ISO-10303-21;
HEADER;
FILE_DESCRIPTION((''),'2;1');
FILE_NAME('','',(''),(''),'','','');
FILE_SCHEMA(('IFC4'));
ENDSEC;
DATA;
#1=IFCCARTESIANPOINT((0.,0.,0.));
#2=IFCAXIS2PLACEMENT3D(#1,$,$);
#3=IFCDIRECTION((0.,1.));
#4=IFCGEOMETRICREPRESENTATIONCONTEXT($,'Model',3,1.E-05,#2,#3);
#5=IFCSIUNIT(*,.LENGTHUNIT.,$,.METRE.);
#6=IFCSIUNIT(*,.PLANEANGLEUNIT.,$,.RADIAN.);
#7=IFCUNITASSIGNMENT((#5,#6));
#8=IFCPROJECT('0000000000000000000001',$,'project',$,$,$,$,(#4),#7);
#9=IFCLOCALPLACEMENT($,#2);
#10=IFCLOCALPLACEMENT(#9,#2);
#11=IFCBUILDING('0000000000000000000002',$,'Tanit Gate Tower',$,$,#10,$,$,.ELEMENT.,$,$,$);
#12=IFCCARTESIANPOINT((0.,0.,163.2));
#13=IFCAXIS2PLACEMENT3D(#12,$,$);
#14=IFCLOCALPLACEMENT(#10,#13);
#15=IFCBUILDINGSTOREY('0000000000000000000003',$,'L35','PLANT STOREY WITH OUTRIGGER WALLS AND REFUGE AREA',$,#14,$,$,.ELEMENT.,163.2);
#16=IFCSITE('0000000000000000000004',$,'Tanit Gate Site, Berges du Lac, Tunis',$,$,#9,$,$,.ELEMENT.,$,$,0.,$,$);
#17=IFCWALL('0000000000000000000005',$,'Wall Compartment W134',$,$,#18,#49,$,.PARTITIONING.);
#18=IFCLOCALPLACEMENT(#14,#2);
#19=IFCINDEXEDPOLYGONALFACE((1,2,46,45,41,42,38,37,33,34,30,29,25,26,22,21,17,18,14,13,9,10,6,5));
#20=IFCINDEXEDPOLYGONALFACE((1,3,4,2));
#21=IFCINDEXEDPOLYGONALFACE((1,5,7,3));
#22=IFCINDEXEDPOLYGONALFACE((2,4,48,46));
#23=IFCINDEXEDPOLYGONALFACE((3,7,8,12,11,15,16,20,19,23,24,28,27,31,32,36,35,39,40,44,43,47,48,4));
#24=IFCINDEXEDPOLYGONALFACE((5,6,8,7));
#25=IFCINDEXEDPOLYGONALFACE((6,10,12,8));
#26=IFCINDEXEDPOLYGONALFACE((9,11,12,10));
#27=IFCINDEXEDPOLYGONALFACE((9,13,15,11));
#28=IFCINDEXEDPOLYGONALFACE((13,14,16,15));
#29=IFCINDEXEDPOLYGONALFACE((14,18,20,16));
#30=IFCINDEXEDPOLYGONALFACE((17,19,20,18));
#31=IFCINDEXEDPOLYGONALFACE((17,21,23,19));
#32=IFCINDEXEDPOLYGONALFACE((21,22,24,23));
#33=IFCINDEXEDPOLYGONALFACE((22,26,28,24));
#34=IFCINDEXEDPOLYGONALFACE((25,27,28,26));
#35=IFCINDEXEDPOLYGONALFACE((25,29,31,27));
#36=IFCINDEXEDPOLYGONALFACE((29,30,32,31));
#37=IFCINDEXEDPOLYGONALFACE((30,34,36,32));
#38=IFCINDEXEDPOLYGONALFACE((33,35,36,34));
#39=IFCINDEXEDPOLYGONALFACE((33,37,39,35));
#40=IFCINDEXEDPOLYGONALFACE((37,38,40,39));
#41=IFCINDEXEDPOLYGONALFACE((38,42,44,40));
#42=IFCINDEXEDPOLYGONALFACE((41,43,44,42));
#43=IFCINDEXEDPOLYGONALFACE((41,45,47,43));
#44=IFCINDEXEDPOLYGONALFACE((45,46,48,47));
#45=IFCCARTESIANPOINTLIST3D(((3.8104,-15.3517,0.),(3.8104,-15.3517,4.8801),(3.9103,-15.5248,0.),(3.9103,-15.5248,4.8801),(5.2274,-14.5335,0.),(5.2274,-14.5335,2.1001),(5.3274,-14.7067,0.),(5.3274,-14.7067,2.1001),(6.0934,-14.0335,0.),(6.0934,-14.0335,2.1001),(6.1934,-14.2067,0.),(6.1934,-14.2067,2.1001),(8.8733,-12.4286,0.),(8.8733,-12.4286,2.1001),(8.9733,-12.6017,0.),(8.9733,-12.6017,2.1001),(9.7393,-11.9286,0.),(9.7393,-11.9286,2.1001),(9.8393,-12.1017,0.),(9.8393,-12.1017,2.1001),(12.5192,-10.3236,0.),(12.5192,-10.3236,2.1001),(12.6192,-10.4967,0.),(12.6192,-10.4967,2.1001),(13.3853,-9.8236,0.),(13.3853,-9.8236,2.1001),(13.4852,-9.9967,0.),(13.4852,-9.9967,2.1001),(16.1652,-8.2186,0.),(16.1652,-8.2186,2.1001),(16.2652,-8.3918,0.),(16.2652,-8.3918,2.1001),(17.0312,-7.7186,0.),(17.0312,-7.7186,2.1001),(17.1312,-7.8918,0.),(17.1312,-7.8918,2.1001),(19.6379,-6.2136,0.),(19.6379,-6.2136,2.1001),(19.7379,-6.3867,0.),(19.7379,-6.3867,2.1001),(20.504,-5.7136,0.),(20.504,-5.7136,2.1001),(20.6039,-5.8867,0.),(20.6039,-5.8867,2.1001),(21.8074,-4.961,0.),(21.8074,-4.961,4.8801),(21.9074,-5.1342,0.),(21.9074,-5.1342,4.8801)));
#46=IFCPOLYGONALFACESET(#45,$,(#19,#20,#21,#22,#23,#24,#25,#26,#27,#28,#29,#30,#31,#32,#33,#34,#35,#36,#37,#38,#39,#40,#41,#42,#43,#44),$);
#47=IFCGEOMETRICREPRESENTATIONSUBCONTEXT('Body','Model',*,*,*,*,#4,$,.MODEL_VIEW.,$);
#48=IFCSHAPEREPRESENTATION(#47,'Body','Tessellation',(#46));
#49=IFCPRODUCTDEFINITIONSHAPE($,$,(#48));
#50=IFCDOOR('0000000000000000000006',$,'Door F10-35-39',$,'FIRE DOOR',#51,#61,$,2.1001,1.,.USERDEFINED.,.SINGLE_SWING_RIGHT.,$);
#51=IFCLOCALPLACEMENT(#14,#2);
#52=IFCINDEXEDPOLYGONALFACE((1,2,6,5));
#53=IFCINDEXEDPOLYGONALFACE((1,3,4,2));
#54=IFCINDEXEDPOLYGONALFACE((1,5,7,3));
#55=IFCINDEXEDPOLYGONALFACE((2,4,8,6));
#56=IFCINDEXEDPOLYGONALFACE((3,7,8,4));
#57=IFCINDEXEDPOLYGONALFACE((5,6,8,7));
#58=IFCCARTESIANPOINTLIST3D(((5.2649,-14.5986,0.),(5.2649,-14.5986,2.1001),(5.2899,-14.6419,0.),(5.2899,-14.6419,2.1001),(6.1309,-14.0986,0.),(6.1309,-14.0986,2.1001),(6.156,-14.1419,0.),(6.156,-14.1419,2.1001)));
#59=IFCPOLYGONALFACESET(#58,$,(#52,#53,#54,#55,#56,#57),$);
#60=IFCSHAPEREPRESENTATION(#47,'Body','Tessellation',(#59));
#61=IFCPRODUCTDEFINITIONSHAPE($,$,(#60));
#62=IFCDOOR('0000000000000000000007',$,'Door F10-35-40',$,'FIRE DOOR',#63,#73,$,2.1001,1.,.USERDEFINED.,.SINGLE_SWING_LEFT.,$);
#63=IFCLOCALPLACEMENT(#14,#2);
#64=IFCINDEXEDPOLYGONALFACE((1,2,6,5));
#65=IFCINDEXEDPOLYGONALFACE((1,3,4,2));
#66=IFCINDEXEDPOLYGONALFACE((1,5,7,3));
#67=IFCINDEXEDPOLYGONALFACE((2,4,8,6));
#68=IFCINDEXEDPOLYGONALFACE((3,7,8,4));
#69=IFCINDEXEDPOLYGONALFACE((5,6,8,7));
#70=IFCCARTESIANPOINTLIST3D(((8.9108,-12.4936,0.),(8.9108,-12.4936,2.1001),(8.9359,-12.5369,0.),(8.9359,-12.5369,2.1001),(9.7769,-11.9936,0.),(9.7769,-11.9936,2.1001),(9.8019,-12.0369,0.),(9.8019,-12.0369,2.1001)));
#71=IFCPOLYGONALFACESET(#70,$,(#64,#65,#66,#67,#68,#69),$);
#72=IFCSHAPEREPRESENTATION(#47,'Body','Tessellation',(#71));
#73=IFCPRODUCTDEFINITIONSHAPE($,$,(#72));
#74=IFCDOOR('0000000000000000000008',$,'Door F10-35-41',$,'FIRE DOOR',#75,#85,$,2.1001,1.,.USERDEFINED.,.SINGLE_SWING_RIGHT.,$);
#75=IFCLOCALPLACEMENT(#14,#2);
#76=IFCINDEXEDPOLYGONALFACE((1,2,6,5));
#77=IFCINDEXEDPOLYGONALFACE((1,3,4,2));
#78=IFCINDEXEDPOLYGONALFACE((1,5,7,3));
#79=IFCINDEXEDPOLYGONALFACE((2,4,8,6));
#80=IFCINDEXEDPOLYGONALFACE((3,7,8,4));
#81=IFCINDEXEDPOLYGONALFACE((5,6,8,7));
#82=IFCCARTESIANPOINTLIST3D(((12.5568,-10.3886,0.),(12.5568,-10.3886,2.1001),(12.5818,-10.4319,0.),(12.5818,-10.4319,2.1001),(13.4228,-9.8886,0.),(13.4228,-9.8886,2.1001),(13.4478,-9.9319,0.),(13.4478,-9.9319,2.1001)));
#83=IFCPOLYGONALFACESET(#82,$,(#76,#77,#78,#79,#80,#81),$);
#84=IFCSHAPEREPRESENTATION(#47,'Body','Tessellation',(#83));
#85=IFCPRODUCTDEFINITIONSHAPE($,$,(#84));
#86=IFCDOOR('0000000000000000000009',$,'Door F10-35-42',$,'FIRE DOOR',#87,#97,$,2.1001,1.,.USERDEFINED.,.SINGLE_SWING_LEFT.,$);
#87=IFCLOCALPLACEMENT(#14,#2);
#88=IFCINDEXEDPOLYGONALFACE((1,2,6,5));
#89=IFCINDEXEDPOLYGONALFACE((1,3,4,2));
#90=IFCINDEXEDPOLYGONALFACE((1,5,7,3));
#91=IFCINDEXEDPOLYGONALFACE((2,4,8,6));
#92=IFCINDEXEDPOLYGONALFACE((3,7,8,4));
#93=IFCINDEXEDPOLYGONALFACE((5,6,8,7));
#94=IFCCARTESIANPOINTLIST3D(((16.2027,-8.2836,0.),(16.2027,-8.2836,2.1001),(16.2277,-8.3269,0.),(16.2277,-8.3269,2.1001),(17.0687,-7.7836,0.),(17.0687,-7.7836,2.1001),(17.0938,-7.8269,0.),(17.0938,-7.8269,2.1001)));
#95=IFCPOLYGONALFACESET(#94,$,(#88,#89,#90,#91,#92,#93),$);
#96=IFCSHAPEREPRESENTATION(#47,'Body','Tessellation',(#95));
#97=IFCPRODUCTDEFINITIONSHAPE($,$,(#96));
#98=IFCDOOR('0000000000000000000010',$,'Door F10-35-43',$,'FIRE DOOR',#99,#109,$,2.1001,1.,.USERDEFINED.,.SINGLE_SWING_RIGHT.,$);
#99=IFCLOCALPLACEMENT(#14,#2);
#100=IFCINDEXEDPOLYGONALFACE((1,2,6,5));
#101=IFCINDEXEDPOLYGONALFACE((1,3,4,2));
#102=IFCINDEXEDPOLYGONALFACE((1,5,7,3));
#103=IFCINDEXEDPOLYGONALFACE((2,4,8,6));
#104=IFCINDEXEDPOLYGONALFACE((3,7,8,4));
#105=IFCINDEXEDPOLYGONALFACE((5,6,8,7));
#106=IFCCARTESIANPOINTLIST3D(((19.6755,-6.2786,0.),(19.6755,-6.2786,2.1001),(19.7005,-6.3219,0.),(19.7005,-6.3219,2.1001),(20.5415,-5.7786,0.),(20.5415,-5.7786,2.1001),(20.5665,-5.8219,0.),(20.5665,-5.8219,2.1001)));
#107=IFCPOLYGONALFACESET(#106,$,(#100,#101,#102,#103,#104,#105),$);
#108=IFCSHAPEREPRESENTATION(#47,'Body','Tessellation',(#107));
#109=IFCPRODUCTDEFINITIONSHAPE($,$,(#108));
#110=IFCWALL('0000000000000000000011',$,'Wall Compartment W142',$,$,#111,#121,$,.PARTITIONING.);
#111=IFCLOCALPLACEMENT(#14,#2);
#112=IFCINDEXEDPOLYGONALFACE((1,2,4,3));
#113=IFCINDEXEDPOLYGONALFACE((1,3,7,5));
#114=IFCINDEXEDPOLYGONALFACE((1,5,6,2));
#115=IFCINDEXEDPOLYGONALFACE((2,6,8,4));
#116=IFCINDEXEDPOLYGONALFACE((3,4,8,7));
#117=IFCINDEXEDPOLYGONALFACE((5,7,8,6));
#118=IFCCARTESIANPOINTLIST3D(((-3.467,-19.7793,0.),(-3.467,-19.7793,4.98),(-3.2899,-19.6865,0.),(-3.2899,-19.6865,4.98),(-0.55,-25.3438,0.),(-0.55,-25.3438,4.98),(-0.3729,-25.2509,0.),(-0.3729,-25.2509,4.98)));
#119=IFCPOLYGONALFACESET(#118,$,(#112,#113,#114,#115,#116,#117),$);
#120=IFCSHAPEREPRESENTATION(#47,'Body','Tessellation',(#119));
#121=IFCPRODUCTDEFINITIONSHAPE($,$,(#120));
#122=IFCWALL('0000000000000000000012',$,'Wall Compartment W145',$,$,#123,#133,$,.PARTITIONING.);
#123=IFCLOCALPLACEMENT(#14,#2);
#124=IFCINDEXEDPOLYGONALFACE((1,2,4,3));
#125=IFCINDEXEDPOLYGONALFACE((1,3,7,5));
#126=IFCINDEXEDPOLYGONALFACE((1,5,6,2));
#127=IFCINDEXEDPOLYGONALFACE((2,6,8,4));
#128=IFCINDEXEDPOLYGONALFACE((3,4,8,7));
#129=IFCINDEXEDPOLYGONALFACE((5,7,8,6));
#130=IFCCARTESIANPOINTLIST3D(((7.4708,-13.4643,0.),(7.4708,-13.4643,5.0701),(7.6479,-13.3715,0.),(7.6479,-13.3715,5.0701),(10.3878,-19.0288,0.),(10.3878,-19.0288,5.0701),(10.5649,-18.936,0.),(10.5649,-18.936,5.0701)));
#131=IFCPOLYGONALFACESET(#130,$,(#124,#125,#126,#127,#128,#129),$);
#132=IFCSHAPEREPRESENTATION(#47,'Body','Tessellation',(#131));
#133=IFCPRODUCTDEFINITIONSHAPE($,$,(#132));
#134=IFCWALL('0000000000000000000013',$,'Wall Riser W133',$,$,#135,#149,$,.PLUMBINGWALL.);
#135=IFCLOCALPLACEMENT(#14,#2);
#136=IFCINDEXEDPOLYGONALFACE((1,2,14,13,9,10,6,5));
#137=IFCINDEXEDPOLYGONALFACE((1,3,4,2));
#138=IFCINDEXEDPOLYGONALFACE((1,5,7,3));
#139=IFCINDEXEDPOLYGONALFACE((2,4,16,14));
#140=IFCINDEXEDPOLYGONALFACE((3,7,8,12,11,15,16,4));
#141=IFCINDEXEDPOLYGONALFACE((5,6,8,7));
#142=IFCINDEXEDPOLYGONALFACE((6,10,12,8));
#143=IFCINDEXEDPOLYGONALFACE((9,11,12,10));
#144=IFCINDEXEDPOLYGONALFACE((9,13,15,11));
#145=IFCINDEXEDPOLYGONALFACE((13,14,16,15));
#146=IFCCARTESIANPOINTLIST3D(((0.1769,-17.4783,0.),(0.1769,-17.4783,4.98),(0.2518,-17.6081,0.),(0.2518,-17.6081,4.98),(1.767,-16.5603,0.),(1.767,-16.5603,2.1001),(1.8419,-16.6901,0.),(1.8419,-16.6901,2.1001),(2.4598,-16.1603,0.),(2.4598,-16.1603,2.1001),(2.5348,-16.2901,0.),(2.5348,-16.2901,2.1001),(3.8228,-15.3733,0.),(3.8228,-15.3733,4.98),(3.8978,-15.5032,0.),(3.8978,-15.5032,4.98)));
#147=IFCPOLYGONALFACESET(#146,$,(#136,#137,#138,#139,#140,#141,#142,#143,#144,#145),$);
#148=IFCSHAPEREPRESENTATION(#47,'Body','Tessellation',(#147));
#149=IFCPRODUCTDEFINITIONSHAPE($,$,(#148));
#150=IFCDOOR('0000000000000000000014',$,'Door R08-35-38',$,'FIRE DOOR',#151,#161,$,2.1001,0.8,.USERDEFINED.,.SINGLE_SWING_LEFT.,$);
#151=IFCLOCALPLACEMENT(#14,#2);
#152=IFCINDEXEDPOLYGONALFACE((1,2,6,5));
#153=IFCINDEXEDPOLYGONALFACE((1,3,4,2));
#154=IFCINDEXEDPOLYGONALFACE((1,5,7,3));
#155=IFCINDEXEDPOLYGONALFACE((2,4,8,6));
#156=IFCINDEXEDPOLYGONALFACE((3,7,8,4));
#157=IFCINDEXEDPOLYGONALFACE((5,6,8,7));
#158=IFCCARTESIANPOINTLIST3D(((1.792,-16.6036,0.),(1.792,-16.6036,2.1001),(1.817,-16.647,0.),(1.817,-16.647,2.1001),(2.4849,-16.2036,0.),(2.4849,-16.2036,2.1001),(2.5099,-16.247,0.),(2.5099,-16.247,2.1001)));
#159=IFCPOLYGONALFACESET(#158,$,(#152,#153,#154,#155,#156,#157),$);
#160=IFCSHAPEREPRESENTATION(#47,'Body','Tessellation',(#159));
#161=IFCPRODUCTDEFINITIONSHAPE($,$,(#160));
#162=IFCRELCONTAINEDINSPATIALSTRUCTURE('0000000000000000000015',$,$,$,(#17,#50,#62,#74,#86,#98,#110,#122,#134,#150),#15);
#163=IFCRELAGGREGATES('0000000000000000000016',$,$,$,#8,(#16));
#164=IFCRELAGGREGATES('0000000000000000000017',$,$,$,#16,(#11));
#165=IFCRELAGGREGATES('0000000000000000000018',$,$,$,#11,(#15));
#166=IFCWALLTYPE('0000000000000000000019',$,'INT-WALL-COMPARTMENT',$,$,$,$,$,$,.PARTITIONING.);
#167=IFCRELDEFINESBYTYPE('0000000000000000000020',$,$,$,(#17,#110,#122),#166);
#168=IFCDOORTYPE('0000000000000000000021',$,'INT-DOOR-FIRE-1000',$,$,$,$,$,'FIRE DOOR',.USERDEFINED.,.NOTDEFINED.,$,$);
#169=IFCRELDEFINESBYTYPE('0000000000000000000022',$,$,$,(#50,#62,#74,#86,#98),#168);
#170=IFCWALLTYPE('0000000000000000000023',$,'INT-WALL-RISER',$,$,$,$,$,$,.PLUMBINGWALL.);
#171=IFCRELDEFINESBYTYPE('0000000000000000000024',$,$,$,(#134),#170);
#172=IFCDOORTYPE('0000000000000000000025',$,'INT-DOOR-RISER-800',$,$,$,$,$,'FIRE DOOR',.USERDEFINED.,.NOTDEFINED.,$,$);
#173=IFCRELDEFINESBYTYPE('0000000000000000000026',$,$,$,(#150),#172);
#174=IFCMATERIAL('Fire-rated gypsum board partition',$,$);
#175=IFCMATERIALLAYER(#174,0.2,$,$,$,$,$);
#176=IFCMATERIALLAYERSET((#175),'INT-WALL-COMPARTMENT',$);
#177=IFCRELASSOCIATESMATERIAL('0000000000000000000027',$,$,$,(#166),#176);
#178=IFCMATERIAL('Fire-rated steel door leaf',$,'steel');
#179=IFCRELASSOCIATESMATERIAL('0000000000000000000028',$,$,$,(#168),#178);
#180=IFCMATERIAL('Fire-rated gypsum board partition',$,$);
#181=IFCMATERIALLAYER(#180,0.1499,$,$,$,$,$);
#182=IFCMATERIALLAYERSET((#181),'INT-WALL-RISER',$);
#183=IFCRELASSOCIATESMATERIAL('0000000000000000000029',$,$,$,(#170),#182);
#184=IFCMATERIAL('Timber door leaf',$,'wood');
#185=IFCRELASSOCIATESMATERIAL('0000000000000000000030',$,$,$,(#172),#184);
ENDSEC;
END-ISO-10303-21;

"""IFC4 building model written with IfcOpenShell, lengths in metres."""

from ifc_helpers import new_model, si_unit, direction, frame, frame_2d, origin, place, context, subcontext, project, spatial, rectangle, extrude, material, layer, layer_set, type_object, element, fill, save


model = new_model("IFC4")

# Units and contexts
model_context = context("Model", 3, precision=1e-05, world=origin(), true_north=direction((0.0, 1.0)))
body_context = subcontext(model_context, "Body", "Model", "MODEL_VIEW")
ifc_project = project(units=[si_unit("LENGTHUNIT", "METRE"), si_unit("PLANEANGLEUNIT", "RADIAN")], contexts=[model_context])

# Site, building, storey
site_placement = place(None, origin())
site = spatial("IfcSite", under=ifc_project, at=site_placement, Name="Tanit Gate Site, Berges du Lac, Tunis", CompositionType="ELEMENT", RefElevation=0.0)
building_placement = place(site_placement, origin())
building = spatial("IfcBuilding", under=site, at=building_placement, Name="Tanit Gate Tower", CompositionType="ELEMENT")
storey_placement = place(building_placement, frame((0.0, 0.0, 163.2)))
storey = spatial("IfcBuildingStorey", under=building, at=storey_placement, Name="L35", Description="PLANT STOREY WITH OUTRIGGER WALLS AND REFUGE AREA", CompositionType="ELEMENT", Elevation=163.2)

# Wall, openings, doors
ifc_material_1 = material(Name="Fire-rated gypsum board partition")
ifc_layer_1 = layer(ifc_material_1, 0.2)
ifc_layer_set_1 = layer_set([ifc_layer_1], Name="INT-WALL-COMPARTMENT")
wall_type_1 = type_object("IfcWallType", Name="INT-WALL-COMPARTMENT", PredefinedType="PARTITIONING", material=ifc_layer_set_1)
wall_1_placement = place(storey_placement, frame((3.8604, -15.4382, 0.0), z_axis=(0.0, 0.0, 1.0), x_axis=(0.866025, 0.5, 0.0)))
wall_1 = element("IfcWall", 1, at=wall_1_placement, inside=storey, type_object=wall_type_1, Name="Wall Compartment W134", PredefinedType="PARTITIONING", context=body_context, shape_type="SweptSolid", body=[
    extrude(rectangle(XDim=20.7812, YDim=0.2, at=frame_2d((10.3906, 0.0))), origin(), (0.0, 0.0, 1.0), 4.8801),
])
opening_1_placement = place(wall_1_placement, frame((1.6362, 0.0, 0.0)))
opening_1 = element("IfcOpeningElement", 2, at=opening_1_placement, cuts=wall_1, PredefinedType="OPENING", context=body_context, shape_type="SweptSolid", body=[
    extrude(rectangle(XDim=1.0, YDim=2.1001, at=frame_2d((0.5, 1.05))), frame((0.0, 0.1099, 0.0), z_axis=(0.0, -1.0, 0.0), x_axis=(1.0, 0.0, 0.0)), (0.0, 0.0, 1.0), 0.22),
])
opening_2_placement = place(wall_1_placement, frame((5.8462, 0.0, 0.0)))
opening_2 = element("IfcOpeningElement", 3, at=opening_2_placement, cuts=wall_1, PredefinedType="OPENING", context=body_context, shape_type="SweptSolid", body=[
    extrude(rectangle(XDim=1.0, YDim=2.1001, at=frame_2d((0.5, 1.05))), frame((0.0, 0.1099, 0.0), z_axis=(0.0, -1.0, 0.0), x_axis=(1.0, 0.0, 0.0)), (0.0, 0.0, 1.0), 0.22),
])
opening_3_placement = place(wall_1_placement, frame((10.0562, 0.0, 0.0)))
opening_3 = element("IfcOpeningElement", 4, at=opening_3_placement, cuts=wall_1, PredefinedType="OPENING", context=body_context, shape_type="SweptSolid", body=[
    extrude(rectangle(XDim=1.0, YDim=2.1001, at=frame_2d((0.5, 1.05))), frame((0.0, 0.1099, 0.0), z_axis=(0.0, -1.0, 0.0), x_axis=(1.0, 0.0, 0.0)), (0.0, 0.0, 1.0), 0.22),
])
opening_4_placement = place(wall_1_placement, frame((14.2661, 0.0, 0.0)))
opening_4 = element("IfcOpeningElement", 5, at=opening_4_placement, cuts=wall_1, PredefinedType="OPENING", context=body_context, shape_type="SweptSolid", body=[
    extrude(rectangle(XDim=1.0, YDim=2.1001, at=frame_2d((0.5, 1.05))), frame((0.0, 0.1099, 0.0), z_axis=(0.0, -1.0, 0.0), x_axis=(1.0, 0.0, 0.0)), (0.0, 0.0, 1.0), 0.22),
])
opening_5_placement = place(wall_1_placement, frame((18.2761, 0.0, 0.0)))
opening_5 = element("IfcOpeningElement", 6, at=opening_5_placement, cuts=wall_1, PredefinedType="OPENING", context=body_context, shape_type="SweptSolid", body=[
    extrude(rectangle(XDim=1.0, YDim=2.1001, at=frame_2d((0.5, 1.05))), frame((0.0, 0.1099, 0.0), z_axis=(0.0, -1.0, 0.0), x_axis=(1.0, 0.0, 0.0)), (0.0, 0.0, 1.0), 0.22),
])
ifc_material_2 = material(Name="Fire-rated steel door leaf", Category="steel")
door_type_1 = type_object("IfcDoorType", Name="INT-DOOR-FIRE-1000", ElementType="FIRE DOOR", OperationType="NOTDEFINED", PredefinedType="USERDEFINED", material=ifc_material_2)
door_1_placement = place(opening_1_placement, origin())
door_1 = element("IfcDoor", 7, at=door_1_placement, inside=storey, type_object=door_type_1, Name="Door F10-35-39", ObjectType="FIRE DOOR", OperationType="SINGLE_SWING_RIGHT", OverallHeight=2.1001, OverallWidth=1.0, PredefinedType="USERDEFINED", context=body_context, shape_type="SweptSolid", body=[
    extrude(rectangle(XDim=1.0, YDim=2.1001, at=frame_2d((0.5, 1.05))), frame((0.0, 0.0249, 0.0), z_axis=(0.0, -1.0, 0.0), x_axis=(1.0, 0.0, 0.0)), (0.0, 0.0, 1.0), 0.05),
])
fill(opening_1, door_1)
door_2_placement = place(opening_2_placement, origin())
door_2 = element("IfcDoor", 8, at=door_2_placement, inside=storey, type_object=door_type_1, Name="Door F10-35-40", ObjectType="FIRE DOOR", OperationType="SINGLE_SWING_LEFT", OverallHeight=2.1001, OverallWidth=1.0, PredefinedType="USERDEFINED", context=body_context, shape_type="SweptSolid", body=[
    extrude(rectangle(XDim=1.0, YDim=2.1001, at=frame_2d((0.5, 1.05))), frame((0.0, 0.0249, 0.0), z_axis=(0.0, -1.0, 0.0), x_axis=(1.0, 0.0, 0.0)), (0.0, 0.0, 1.0), 0.05),
])
fill(opening_2, door_2)
door_3_placement = place(opening_3_placement, origin())
door_3 = element("IfcDoor", 9, at=door_3_placement, inside=storey, type_object=door_type_1, Name="Door F10-35-41", ObjectType="FIRE DOOR", OperationType="SINGLE_SWING_RIGHT", OverallHeight=2.1001, OverallWidth=1.0, PredefinedType="USERDEFINED", context=body_context, shape_type="SweptSolid", body=[
    extrude(rectangle(XDim=1.0, YDim=2.1001, at=frame_2d((0.5, 1.05))), frame((0.0, 0.0249, 0.0), z_axis=(0.0, -1.0, 0.0), x_axis=(1.0, 0.0, 0.0)), (0.0, 0.0, 1.0), 0.05),
])
fill(opening_3, door_3)
door_4_placement = place(opening_4_placement, origin())
door_4 = element("IfcDoor", 10, at=door_4_placement, inside=storey, type_object=door_type_1, Name="Door F10-35-42", ObjectType="FIRE DOOR", OperationType="SINGLE_SWING_LEFT", OverallHeight=2.1001, OverallWidth=1.0, PredefinedType="USERDEFINED", context=body_context, shape_type="SweptSolid", body=[
    extrude(rectangle(XDim=1.0, YDim=2.1001, at=frame_2d((0.5, 1.05))), frame((0.0, 0.0249, 0.0), z_axis=(0.0, -1.0, 0.0), x_axis=(1.0, 0.0, 0.0)), (0.0, 0.0, 1.0), 0.05),
])
fill(opening_4, door_4)
door_5_placement = place(opening_5_placement, origin())
door_5 = element("IfcDoor", 11, at=door_5_placement, inside=storey, type_object=door_type_1, Name="Door F10-35-43", ObjectType="FIRE DOOR", OperationType="SINGLE_SWING_RIGHT", OverallHeight=2.1001, OverallWidth=1.0, PredefinedType="USERDEFINED", context=body_context, shape_type="SweptSolid", body=[
    extrude(rectangle(XDim=1.0, YDim=2.1001, at=frame_2d((0.5, 1.05))), frame((0.0, 0.0249, 0.0), z_axis=(0.0, -1.0, 0.0), x_axis=(1.0, 0.0, 0.0)), (0.0, 0.0, 1.0), 0.05),
])
fill(opening_5, door_5)

# Walls
wall_2_placement = place(storey_placement, frame((-0.4614, -25.2974, 0.0), z_axis=(0.0, 0.0, 1.0), x_axis=(-0.464292, 0.885682, 0.0)))
element("IfcWall", 12, at=wall_2_placement, inside=storey, type_object=wall_type_1, Name="Wall Compartment W142", PredefinedType="PARTITIONING", context=body_context, shape_type="SweptSolid", body=[
    extrude(rectangle(XDim=6.2827, YDim=0.2, at=frame_2d((3.1414, 0.0))), origin(), (0.0, 0.0, 1.0), 4.98),
])
wall_3_placement = place(storey_placement, frame((10.4763, -18.9824, 0.0), z_axis=(0.0, 0.0, 1.0), x_axis=(-0.464292, 0.885682, 0.0)))
element("IfcWall", 13, at=wall_3_placement, inside=storey, type_object=wall_type_1, Name="Wall Compartment W145", PredefinedType="PARTITIONING", context=body_context, shape_type="SweptSolid", body=[
    extrude(rectangle(XDim=6.2827, YDim=0.2, at=frame_2d((3.1414, 0.0))), origin(), (0.0, 0.0, 1.0), 5.0701),
])

# Wall, opening, door
ifc_material_3 = material(Name="Fire-rated gypsum board partition")
ifc_layer_2 = layer(ifc_material_3, 0.1499)
ifc_layer_set_2 = layer_set([ifc_layer_2], Name="INT-WALL-RISER")
wall_type_2 = type_object("IfcWallType", Name="INT-WALL-RISER", PredefinedType="PLUMBINGWALL", material=ifc_layer_set_2)
wall_4_placement = place(storey_placement, frame((0.2144, -17.5432, 0.0), z_axis=(0.0, 0.0, 1.0), x_axis=(0.866029, 0.499994, 0.0)))
wall_4 = element("IfcWall", 14, at=wall_4_placement, inside=storey, type_object=wall_type_2, Name="Wall Riser W133", PredefinedType="PLUMBINGWALL", context=body_context, shape_type="SweptSolid", body=[
    extrude(rectangle(XDim=4.21, YDim=0.1499, at=frame_2d((2.105, 0.0))), origin(), (0.0, 0.0, 1.0), 4.98),
])
opening_6_placement = place(wall_4_placement, frame((1.8362, 0.0, 0.0)))
opening_6 = element("IfcOpeningElement", 15, at=opening_6_placement, cuts=wall_4, PredefinedType="OPENING", context=body_context, shape_type="SweptSolid", body=[
    extrude(rectangle(XDim=0.8, YDim=2.1001, at=frame_2d((0.3999, 1.05))), frame((0.0, 0.085, 0.0), z_axis=(0.0, -1.0, 0.0), x_axis=(1.0, 0.0, 0.0)), (0.0, 0.0, 1.0), 0.1699),
])
ifc_material_4 = material(Name="Timber door leaf", Category="wood")
door_type_2 = type_object("IfcDoorType", Name="INT-DOOR-RISER-800", ElementType="FIRE DOOR", OperationType="NOTDEFINED", PredefinedType="USERDEFINED", material=ifc_material_4)
door_6_placement = place(opening_6_placement, origin())
door_6 = element("IfcDoor", 16, at=door_6_placement, inside=storey, type_object=door_type_2, Name="Door R08-35-38", ObjectType="FIRE DOOR", OperationType="SINGLE_SWING_LEFT", OverallHeight=2.1001, OverallWidth=0.8, PredefinedType="USERDEFINED", context=body_context, shape_type="SweptSolid", body=[
    extrude(rectangle(XDim=0.8, YDim=2.1001, at=frame_2d((0.3999, 1.05))), frame((0.0, 0.0249, 0.0), z_axis=(0.0, -1.0, 0.0), x_axis=(1.0, 0.0, 0.0)), (0.0, 0.0, 1.0), 0.05),
])
fill(opening_6, door_6)

save(model, "model.ifc")
